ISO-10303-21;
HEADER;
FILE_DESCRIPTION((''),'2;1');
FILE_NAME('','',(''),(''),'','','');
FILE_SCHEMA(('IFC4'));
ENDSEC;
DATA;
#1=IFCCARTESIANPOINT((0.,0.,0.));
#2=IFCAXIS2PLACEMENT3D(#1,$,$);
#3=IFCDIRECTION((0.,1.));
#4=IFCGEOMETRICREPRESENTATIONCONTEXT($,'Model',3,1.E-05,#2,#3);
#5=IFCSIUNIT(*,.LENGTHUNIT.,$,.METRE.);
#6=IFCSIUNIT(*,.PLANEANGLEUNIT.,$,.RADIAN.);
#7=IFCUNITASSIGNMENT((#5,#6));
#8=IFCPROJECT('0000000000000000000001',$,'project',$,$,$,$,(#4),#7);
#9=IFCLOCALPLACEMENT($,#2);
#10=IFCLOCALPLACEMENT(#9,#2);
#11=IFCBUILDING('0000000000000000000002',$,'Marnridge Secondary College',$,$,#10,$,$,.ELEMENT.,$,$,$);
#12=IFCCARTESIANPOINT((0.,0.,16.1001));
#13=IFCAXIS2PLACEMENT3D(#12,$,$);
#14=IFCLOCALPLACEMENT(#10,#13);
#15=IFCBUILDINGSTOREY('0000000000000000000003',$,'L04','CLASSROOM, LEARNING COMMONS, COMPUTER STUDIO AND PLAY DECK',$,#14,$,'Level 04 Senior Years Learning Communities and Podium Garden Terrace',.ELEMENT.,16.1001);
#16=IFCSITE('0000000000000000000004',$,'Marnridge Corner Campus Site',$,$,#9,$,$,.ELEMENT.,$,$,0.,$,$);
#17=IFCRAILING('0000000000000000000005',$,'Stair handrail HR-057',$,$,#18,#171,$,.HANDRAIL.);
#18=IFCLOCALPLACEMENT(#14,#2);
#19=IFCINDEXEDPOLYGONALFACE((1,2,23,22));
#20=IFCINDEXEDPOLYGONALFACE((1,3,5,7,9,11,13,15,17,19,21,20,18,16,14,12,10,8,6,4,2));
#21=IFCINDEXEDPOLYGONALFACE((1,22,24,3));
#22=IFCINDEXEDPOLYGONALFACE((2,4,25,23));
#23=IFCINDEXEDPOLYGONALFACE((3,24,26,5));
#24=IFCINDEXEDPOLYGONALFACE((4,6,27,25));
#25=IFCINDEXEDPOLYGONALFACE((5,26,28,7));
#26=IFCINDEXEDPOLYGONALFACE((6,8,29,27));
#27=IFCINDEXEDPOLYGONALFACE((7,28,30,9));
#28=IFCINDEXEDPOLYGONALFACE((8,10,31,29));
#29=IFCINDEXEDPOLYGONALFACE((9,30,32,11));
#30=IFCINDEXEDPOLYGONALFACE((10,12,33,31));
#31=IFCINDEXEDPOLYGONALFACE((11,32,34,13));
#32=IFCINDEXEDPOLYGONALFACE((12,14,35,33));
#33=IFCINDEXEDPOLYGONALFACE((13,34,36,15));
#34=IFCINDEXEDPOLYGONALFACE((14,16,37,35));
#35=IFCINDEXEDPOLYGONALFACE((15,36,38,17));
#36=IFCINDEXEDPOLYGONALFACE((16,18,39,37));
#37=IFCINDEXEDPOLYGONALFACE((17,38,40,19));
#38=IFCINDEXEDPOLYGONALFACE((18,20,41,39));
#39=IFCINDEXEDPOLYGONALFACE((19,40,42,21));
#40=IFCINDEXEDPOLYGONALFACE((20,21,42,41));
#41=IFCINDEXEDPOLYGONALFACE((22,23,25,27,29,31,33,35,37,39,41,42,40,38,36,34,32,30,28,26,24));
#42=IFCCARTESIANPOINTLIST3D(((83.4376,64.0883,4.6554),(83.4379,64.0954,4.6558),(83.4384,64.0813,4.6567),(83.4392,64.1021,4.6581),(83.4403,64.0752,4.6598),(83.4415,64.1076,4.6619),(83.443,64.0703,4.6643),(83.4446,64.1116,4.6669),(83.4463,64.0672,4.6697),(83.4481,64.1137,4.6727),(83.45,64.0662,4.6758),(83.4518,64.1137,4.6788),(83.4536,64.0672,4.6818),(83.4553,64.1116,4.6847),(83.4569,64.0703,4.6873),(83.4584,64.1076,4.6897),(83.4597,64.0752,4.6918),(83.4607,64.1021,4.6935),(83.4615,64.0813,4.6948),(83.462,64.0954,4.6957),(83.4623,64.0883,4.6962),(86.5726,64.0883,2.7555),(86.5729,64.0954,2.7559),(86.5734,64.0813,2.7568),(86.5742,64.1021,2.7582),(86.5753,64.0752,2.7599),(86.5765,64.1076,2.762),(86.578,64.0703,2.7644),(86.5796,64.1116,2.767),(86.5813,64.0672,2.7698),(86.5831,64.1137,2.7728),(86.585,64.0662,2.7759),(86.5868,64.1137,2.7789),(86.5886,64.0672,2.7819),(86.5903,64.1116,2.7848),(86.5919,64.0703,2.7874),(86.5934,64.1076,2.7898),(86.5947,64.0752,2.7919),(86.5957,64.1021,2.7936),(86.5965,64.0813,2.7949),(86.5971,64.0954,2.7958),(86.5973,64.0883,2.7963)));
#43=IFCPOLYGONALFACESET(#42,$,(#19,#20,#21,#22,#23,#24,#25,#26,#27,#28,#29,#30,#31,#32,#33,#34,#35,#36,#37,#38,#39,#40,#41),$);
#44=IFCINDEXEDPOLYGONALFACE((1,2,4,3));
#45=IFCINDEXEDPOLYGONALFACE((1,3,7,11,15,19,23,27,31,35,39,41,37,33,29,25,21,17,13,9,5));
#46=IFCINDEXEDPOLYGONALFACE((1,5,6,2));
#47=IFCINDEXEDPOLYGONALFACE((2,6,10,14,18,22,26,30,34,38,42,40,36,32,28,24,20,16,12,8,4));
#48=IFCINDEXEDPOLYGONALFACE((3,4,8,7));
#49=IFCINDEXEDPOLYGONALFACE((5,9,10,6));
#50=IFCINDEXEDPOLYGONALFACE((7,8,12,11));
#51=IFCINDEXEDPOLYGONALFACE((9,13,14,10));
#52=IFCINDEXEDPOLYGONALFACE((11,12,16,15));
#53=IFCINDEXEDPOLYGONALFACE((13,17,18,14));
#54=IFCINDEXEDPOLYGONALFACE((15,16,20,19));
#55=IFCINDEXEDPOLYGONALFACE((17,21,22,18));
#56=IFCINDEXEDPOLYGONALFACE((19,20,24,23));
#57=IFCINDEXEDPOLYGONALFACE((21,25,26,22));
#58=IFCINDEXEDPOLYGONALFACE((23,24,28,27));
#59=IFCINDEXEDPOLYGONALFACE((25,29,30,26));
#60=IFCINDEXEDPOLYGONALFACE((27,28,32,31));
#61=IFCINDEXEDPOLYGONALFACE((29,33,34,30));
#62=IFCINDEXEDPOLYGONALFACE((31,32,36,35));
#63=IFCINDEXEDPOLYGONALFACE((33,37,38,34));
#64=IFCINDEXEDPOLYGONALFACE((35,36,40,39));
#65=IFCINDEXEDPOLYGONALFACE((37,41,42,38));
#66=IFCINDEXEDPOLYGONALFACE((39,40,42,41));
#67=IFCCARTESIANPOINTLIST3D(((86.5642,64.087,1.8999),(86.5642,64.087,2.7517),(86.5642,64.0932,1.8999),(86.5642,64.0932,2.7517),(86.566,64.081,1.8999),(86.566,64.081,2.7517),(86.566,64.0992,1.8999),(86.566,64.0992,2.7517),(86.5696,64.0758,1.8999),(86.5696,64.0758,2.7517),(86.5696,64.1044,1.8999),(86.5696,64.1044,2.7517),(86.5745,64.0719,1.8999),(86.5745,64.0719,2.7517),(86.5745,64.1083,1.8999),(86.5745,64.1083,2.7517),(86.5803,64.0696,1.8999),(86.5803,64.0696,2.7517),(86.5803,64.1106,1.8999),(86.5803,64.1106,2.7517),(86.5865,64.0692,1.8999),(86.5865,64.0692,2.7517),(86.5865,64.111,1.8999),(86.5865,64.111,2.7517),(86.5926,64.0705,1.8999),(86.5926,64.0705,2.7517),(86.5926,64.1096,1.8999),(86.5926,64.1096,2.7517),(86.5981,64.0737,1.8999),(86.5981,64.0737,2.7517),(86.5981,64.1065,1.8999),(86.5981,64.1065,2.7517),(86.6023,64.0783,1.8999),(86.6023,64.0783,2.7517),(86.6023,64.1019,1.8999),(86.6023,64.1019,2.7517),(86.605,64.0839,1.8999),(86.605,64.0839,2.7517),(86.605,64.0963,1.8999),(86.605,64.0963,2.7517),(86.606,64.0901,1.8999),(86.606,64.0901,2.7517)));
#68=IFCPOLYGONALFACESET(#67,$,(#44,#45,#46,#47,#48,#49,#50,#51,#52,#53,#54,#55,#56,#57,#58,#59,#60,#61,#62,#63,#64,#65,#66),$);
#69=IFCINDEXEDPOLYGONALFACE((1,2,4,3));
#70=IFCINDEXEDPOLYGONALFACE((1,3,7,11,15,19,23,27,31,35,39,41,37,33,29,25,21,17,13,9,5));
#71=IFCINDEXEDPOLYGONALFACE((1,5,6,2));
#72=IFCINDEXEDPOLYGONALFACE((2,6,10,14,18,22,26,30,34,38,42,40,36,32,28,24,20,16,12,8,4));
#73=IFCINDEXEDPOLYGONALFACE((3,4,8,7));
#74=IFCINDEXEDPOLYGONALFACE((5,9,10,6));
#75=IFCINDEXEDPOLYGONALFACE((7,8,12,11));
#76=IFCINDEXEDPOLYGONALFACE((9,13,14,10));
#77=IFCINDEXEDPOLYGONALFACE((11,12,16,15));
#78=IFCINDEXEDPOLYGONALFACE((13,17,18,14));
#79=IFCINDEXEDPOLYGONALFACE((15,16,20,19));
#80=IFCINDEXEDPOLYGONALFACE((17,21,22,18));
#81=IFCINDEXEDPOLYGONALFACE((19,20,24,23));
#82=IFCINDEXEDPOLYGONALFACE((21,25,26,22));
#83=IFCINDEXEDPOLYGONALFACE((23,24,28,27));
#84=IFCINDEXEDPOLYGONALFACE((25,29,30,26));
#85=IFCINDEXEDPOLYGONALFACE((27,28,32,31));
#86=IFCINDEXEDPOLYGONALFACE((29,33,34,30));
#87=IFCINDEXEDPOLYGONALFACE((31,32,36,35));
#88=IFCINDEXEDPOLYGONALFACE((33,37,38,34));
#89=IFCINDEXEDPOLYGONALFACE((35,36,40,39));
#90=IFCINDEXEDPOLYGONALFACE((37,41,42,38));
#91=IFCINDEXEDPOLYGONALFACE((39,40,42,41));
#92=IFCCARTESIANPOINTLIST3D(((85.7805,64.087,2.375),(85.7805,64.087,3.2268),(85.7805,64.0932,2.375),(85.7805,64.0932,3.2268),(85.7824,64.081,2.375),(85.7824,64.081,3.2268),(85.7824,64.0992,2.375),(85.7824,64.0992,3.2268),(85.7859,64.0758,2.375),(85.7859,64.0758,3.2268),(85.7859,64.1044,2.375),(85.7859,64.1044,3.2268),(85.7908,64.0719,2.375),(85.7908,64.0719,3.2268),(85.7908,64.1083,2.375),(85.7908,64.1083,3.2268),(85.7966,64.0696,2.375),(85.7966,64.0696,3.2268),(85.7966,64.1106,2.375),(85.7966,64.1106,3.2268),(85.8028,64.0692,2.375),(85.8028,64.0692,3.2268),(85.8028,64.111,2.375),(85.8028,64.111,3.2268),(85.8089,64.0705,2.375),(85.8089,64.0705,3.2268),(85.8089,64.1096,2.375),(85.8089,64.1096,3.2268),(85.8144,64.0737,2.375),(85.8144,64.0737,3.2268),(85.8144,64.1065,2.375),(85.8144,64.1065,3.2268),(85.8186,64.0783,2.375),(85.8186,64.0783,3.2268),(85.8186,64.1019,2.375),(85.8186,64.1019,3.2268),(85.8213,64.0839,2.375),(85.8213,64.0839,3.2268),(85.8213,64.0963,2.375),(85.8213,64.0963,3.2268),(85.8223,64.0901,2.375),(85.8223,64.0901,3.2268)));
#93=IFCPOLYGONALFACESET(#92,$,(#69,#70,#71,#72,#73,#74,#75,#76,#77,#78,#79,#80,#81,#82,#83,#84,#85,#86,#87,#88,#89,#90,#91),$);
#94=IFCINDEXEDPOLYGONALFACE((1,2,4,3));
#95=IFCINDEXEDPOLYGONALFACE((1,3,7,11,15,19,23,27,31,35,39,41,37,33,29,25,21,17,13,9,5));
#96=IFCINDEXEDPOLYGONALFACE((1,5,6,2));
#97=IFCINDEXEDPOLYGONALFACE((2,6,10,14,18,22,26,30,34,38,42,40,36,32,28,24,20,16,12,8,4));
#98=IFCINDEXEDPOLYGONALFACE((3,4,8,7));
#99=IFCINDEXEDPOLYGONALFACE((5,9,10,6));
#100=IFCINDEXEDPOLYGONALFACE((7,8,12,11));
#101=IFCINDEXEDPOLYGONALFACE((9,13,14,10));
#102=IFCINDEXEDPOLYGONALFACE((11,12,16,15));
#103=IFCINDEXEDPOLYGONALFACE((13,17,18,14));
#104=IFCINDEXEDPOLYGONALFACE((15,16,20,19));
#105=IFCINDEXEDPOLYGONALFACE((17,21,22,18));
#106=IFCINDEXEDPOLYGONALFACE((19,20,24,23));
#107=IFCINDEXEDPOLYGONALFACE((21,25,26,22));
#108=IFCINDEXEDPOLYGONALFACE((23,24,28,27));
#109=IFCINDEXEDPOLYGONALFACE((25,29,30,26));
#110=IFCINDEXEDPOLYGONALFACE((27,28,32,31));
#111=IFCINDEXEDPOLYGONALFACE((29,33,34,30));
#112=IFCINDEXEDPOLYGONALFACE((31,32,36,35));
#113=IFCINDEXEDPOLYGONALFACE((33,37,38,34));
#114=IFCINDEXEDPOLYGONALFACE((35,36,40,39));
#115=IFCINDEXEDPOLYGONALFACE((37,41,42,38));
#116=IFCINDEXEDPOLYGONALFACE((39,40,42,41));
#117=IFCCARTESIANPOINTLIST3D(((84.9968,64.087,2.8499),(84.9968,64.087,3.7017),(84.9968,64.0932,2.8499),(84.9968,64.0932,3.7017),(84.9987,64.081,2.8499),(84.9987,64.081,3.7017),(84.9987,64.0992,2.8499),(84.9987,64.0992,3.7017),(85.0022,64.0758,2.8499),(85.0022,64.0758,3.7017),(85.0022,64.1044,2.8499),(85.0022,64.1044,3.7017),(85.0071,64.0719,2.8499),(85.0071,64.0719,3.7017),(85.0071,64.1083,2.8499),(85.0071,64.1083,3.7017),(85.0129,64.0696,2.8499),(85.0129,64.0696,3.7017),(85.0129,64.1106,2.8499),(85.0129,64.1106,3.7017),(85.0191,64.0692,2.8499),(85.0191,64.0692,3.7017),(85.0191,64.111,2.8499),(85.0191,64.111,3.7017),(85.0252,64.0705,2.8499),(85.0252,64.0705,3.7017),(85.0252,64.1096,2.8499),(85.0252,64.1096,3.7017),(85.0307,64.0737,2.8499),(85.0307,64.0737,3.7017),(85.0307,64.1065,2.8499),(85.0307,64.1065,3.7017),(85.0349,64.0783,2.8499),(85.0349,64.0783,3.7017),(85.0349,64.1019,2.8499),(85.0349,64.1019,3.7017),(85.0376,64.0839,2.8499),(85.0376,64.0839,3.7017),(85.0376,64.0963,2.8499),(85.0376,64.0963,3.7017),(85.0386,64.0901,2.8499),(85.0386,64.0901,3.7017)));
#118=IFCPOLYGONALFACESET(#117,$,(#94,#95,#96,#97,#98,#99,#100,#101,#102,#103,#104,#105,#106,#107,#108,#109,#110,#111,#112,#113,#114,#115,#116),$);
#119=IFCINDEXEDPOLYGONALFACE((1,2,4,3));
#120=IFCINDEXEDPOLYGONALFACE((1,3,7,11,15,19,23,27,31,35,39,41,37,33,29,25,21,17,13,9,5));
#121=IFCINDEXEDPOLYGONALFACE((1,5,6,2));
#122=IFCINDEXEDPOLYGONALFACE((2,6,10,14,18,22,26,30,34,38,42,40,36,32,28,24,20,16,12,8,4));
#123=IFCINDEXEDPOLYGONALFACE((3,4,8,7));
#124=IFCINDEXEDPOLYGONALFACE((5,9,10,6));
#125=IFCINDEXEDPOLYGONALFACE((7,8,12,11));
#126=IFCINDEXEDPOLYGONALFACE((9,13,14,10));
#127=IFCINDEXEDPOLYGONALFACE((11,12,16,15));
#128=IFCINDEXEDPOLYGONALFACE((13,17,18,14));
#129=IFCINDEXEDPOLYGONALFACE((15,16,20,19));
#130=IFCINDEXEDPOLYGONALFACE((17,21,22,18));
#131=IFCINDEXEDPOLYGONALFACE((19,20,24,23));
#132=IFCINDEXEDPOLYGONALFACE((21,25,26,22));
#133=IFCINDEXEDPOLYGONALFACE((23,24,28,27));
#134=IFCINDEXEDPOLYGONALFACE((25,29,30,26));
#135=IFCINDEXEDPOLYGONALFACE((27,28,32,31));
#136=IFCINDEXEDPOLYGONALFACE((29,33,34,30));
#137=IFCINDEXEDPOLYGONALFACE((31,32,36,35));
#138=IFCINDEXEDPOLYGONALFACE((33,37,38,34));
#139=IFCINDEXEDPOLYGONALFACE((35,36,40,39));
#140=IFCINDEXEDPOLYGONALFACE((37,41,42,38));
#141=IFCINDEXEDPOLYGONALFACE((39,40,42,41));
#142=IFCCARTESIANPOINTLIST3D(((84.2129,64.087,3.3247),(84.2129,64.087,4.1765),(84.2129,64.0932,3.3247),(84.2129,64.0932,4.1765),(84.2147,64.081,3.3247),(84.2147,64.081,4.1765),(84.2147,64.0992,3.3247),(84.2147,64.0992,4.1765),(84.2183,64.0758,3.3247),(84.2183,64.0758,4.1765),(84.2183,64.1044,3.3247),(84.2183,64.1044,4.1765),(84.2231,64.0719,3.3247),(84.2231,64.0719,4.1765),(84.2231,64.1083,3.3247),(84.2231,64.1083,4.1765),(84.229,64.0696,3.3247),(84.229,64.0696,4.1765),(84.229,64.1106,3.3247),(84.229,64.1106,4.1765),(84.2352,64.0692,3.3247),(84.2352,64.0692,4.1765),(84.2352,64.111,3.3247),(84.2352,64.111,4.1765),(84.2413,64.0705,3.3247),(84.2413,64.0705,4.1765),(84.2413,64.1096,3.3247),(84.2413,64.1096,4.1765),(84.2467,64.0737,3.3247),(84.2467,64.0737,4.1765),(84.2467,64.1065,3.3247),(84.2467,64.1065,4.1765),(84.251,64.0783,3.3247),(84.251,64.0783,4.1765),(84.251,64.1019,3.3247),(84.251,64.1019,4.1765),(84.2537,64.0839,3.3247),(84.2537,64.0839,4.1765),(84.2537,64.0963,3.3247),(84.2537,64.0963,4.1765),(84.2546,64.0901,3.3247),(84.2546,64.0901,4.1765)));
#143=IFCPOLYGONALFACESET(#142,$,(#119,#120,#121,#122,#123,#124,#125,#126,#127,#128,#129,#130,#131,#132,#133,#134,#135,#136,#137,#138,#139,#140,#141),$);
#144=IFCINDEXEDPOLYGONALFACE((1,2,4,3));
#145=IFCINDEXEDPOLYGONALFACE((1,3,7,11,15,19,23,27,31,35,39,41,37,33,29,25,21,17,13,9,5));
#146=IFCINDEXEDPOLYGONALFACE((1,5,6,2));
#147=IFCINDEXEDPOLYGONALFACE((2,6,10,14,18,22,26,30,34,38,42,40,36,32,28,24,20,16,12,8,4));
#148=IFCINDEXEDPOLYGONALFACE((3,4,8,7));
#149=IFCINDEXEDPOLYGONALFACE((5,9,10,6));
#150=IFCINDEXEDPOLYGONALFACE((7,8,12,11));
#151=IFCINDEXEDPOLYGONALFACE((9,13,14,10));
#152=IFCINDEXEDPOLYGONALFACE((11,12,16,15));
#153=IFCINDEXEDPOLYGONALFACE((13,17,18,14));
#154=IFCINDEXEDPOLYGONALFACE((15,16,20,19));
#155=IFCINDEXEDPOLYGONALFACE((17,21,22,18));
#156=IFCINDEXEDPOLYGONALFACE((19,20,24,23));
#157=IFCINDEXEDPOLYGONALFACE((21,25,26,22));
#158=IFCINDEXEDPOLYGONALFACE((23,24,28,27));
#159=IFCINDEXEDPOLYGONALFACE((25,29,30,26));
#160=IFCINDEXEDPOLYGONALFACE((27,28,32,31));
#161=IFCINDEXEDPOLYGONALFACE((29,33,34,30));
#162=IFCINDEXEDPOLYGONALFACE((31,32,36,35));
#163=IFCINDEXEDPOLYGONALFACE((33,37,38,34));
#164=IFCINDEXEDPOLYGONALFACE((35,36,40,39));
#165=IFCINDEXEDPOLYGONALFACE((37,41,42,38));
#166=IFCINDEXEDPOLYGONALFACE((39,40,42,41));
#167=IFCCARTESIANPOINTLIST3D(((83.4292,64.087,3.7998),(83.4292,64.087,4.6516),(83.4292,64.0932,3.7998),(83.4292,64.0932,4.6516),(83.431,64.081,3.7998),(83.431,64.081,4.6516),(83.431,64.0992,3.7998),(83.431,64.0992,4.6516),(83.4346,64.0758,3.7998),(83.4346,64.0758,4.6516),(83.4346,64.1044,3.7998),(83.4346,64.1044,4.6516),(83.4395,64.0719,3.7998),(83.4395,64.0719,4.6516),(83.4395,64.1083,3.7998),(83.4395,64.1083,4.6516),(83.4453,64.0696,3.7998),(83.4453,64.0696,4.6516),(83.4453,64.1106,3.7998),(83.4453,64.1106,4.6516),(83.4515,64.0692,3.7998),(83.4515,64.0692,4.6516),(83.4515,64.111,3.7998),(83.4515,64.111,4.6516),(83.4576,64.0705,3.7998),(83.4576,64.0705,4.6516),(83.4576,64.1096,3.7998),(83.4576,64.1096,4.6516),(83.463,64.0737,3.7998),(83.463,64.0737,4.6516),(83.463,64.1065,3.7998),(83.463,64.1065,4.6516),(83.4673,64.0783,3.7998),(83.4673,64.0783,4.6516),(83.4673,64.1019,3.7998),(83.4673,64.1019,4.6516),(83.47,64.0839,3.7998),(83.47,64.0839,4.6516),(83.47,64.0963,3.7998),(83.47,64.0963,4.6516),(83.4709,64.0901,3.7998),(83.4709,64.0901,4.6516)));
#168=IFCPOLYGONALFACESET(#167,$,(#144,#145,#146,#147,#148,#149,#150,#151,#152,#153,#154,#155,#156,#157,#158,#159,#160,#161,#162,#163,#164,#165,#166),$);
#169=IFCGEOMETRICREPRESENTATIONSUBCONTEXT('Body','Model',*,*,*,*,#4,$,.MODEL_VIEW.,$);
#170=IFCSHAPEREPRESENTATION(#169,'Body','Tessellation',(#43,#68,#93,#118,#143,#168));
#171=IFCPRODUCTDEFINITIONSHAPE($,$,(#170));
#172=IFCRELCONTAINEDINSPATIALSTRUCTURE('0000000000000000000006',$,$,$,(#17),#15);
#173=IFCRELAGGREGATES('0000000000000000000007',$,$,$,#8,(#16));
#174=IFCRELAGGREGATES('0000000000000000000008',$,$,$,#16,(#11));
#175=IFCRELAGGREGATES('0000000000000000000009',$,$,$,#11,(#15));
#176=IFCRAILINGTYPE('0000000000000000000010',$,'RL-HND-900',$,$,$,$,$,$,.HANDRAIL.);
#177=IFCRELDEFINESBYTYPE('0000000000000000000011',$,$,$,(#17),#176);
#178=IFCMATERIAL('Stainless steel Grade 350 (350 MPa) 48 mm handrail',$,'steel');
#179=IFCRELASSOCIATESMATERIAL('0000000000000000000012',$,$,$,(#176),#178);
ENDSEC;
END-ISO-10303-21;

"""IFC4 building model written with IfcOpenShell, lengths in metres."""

from ifc_helpers import new_model, si_unit, direction, frame, origin, origin_2d, place, context, subcontext, project, spatial, circle, extrude, material, type_object, element, save


model = new_model("IFC4")

# Units and contexts
model_context = context("Model", 3, precision=1e-05, world=origin(), true_north=direction((0.0, 1.0)))
body_context = subcontext(model_context, "Body", "Model", "MODEL_VIEW")
ifc_project = project(units=[si_unit("LENGTHUNIT", "METRE"), si_unit("PLANEANGLEUNIT", "RADIAN")], contexts=[model_context])

# Site, building, storey
site_placement = place(None, origin())
site = spatial("IfcSite", under=ifc_project, at=site_placement, Name="Marnridge Corner Campus Site", CompositionType="ELEMENT", RefElevation=0.0)
building_placement = place(site_placement, origin())
building = spatial("IfcBuilding", under=site, at=building_placement, Name="Marnridge Secondary College", CompositionType="ELEMENT")
storey_placement = place(building_placement, frame((0.0, 0.0, 16.1001)))
storey = spatial("IfcBuildingStorey", under=building, at=storey_placement, Name="L04", Description="CLASSROOM, LEARNING COMMONS, COMPUTER STUDIO AND PLAY DECK", LongName="Level 04 Senior Years Learning Communities and Podium Garden Terrace", CompositionType="ELEMENT", Elevation=16.1001)

# Railing
ifc_material_1 = material(Name="Stainless steel Grade 350 (350 MPa) 48 mm handrail", Category="steel")
railing_type_1 = type_object("IfcRailingType", Name="RL-HND-900", PredefinedType="HANDRAIL", material=ifc_material_1)
for number, where, name in (
    (1, (86.585, 64.0901, 1.8999), "Stair handrail HR-057"),
):
    element("IfcRailing", number, at=place(storey_placement, frame(where)), inside=storey, type_object=railing_type_1, Name=name, PredefinedType="HANDRAIL", context=body_context, shape_type="SweptSolid", body=[
        extrude(circle(Radius=0.0239, at=origin_2d()), frame((0.0, 0.0, 0.876), z_axis=(-0.85521, 0.0, 0.518281), x_axis=(0.0, -1.0, 0.0)), (0.0, 0.0, 1.0), 3.6658),
        extrude(circle(Radius=0.021, at=origin_2d()), origin(), (0.0, 0.0, 1.0), 0.8518),
        extrude(circle(Radius=0.021, at=origin_2d()), frame((-0.7837, 0.0, 0.4751)), (0.0, 0.0, 1.0), 0.8518),
        extrude(circle(Radius=0.021, at=origin_2d()), frame((-1.5674, 0.0, 0.95)), (0.0, 0.0, 1.0), 0.8518),
        extrude(circle(Radius=0.021, at=origin_2d()), frame((-2.3513, 0.0, 1.4248)), (0.0, 0.0, 1.0), 0.8518),
        extrude(circle(Radius=0.021, at=origin_2d()), frame((-3.135, 0.0, 1.8999)), (0.0, 0.0, 1.0), 0.8518),
    ])

save(model, "model.ifc")
